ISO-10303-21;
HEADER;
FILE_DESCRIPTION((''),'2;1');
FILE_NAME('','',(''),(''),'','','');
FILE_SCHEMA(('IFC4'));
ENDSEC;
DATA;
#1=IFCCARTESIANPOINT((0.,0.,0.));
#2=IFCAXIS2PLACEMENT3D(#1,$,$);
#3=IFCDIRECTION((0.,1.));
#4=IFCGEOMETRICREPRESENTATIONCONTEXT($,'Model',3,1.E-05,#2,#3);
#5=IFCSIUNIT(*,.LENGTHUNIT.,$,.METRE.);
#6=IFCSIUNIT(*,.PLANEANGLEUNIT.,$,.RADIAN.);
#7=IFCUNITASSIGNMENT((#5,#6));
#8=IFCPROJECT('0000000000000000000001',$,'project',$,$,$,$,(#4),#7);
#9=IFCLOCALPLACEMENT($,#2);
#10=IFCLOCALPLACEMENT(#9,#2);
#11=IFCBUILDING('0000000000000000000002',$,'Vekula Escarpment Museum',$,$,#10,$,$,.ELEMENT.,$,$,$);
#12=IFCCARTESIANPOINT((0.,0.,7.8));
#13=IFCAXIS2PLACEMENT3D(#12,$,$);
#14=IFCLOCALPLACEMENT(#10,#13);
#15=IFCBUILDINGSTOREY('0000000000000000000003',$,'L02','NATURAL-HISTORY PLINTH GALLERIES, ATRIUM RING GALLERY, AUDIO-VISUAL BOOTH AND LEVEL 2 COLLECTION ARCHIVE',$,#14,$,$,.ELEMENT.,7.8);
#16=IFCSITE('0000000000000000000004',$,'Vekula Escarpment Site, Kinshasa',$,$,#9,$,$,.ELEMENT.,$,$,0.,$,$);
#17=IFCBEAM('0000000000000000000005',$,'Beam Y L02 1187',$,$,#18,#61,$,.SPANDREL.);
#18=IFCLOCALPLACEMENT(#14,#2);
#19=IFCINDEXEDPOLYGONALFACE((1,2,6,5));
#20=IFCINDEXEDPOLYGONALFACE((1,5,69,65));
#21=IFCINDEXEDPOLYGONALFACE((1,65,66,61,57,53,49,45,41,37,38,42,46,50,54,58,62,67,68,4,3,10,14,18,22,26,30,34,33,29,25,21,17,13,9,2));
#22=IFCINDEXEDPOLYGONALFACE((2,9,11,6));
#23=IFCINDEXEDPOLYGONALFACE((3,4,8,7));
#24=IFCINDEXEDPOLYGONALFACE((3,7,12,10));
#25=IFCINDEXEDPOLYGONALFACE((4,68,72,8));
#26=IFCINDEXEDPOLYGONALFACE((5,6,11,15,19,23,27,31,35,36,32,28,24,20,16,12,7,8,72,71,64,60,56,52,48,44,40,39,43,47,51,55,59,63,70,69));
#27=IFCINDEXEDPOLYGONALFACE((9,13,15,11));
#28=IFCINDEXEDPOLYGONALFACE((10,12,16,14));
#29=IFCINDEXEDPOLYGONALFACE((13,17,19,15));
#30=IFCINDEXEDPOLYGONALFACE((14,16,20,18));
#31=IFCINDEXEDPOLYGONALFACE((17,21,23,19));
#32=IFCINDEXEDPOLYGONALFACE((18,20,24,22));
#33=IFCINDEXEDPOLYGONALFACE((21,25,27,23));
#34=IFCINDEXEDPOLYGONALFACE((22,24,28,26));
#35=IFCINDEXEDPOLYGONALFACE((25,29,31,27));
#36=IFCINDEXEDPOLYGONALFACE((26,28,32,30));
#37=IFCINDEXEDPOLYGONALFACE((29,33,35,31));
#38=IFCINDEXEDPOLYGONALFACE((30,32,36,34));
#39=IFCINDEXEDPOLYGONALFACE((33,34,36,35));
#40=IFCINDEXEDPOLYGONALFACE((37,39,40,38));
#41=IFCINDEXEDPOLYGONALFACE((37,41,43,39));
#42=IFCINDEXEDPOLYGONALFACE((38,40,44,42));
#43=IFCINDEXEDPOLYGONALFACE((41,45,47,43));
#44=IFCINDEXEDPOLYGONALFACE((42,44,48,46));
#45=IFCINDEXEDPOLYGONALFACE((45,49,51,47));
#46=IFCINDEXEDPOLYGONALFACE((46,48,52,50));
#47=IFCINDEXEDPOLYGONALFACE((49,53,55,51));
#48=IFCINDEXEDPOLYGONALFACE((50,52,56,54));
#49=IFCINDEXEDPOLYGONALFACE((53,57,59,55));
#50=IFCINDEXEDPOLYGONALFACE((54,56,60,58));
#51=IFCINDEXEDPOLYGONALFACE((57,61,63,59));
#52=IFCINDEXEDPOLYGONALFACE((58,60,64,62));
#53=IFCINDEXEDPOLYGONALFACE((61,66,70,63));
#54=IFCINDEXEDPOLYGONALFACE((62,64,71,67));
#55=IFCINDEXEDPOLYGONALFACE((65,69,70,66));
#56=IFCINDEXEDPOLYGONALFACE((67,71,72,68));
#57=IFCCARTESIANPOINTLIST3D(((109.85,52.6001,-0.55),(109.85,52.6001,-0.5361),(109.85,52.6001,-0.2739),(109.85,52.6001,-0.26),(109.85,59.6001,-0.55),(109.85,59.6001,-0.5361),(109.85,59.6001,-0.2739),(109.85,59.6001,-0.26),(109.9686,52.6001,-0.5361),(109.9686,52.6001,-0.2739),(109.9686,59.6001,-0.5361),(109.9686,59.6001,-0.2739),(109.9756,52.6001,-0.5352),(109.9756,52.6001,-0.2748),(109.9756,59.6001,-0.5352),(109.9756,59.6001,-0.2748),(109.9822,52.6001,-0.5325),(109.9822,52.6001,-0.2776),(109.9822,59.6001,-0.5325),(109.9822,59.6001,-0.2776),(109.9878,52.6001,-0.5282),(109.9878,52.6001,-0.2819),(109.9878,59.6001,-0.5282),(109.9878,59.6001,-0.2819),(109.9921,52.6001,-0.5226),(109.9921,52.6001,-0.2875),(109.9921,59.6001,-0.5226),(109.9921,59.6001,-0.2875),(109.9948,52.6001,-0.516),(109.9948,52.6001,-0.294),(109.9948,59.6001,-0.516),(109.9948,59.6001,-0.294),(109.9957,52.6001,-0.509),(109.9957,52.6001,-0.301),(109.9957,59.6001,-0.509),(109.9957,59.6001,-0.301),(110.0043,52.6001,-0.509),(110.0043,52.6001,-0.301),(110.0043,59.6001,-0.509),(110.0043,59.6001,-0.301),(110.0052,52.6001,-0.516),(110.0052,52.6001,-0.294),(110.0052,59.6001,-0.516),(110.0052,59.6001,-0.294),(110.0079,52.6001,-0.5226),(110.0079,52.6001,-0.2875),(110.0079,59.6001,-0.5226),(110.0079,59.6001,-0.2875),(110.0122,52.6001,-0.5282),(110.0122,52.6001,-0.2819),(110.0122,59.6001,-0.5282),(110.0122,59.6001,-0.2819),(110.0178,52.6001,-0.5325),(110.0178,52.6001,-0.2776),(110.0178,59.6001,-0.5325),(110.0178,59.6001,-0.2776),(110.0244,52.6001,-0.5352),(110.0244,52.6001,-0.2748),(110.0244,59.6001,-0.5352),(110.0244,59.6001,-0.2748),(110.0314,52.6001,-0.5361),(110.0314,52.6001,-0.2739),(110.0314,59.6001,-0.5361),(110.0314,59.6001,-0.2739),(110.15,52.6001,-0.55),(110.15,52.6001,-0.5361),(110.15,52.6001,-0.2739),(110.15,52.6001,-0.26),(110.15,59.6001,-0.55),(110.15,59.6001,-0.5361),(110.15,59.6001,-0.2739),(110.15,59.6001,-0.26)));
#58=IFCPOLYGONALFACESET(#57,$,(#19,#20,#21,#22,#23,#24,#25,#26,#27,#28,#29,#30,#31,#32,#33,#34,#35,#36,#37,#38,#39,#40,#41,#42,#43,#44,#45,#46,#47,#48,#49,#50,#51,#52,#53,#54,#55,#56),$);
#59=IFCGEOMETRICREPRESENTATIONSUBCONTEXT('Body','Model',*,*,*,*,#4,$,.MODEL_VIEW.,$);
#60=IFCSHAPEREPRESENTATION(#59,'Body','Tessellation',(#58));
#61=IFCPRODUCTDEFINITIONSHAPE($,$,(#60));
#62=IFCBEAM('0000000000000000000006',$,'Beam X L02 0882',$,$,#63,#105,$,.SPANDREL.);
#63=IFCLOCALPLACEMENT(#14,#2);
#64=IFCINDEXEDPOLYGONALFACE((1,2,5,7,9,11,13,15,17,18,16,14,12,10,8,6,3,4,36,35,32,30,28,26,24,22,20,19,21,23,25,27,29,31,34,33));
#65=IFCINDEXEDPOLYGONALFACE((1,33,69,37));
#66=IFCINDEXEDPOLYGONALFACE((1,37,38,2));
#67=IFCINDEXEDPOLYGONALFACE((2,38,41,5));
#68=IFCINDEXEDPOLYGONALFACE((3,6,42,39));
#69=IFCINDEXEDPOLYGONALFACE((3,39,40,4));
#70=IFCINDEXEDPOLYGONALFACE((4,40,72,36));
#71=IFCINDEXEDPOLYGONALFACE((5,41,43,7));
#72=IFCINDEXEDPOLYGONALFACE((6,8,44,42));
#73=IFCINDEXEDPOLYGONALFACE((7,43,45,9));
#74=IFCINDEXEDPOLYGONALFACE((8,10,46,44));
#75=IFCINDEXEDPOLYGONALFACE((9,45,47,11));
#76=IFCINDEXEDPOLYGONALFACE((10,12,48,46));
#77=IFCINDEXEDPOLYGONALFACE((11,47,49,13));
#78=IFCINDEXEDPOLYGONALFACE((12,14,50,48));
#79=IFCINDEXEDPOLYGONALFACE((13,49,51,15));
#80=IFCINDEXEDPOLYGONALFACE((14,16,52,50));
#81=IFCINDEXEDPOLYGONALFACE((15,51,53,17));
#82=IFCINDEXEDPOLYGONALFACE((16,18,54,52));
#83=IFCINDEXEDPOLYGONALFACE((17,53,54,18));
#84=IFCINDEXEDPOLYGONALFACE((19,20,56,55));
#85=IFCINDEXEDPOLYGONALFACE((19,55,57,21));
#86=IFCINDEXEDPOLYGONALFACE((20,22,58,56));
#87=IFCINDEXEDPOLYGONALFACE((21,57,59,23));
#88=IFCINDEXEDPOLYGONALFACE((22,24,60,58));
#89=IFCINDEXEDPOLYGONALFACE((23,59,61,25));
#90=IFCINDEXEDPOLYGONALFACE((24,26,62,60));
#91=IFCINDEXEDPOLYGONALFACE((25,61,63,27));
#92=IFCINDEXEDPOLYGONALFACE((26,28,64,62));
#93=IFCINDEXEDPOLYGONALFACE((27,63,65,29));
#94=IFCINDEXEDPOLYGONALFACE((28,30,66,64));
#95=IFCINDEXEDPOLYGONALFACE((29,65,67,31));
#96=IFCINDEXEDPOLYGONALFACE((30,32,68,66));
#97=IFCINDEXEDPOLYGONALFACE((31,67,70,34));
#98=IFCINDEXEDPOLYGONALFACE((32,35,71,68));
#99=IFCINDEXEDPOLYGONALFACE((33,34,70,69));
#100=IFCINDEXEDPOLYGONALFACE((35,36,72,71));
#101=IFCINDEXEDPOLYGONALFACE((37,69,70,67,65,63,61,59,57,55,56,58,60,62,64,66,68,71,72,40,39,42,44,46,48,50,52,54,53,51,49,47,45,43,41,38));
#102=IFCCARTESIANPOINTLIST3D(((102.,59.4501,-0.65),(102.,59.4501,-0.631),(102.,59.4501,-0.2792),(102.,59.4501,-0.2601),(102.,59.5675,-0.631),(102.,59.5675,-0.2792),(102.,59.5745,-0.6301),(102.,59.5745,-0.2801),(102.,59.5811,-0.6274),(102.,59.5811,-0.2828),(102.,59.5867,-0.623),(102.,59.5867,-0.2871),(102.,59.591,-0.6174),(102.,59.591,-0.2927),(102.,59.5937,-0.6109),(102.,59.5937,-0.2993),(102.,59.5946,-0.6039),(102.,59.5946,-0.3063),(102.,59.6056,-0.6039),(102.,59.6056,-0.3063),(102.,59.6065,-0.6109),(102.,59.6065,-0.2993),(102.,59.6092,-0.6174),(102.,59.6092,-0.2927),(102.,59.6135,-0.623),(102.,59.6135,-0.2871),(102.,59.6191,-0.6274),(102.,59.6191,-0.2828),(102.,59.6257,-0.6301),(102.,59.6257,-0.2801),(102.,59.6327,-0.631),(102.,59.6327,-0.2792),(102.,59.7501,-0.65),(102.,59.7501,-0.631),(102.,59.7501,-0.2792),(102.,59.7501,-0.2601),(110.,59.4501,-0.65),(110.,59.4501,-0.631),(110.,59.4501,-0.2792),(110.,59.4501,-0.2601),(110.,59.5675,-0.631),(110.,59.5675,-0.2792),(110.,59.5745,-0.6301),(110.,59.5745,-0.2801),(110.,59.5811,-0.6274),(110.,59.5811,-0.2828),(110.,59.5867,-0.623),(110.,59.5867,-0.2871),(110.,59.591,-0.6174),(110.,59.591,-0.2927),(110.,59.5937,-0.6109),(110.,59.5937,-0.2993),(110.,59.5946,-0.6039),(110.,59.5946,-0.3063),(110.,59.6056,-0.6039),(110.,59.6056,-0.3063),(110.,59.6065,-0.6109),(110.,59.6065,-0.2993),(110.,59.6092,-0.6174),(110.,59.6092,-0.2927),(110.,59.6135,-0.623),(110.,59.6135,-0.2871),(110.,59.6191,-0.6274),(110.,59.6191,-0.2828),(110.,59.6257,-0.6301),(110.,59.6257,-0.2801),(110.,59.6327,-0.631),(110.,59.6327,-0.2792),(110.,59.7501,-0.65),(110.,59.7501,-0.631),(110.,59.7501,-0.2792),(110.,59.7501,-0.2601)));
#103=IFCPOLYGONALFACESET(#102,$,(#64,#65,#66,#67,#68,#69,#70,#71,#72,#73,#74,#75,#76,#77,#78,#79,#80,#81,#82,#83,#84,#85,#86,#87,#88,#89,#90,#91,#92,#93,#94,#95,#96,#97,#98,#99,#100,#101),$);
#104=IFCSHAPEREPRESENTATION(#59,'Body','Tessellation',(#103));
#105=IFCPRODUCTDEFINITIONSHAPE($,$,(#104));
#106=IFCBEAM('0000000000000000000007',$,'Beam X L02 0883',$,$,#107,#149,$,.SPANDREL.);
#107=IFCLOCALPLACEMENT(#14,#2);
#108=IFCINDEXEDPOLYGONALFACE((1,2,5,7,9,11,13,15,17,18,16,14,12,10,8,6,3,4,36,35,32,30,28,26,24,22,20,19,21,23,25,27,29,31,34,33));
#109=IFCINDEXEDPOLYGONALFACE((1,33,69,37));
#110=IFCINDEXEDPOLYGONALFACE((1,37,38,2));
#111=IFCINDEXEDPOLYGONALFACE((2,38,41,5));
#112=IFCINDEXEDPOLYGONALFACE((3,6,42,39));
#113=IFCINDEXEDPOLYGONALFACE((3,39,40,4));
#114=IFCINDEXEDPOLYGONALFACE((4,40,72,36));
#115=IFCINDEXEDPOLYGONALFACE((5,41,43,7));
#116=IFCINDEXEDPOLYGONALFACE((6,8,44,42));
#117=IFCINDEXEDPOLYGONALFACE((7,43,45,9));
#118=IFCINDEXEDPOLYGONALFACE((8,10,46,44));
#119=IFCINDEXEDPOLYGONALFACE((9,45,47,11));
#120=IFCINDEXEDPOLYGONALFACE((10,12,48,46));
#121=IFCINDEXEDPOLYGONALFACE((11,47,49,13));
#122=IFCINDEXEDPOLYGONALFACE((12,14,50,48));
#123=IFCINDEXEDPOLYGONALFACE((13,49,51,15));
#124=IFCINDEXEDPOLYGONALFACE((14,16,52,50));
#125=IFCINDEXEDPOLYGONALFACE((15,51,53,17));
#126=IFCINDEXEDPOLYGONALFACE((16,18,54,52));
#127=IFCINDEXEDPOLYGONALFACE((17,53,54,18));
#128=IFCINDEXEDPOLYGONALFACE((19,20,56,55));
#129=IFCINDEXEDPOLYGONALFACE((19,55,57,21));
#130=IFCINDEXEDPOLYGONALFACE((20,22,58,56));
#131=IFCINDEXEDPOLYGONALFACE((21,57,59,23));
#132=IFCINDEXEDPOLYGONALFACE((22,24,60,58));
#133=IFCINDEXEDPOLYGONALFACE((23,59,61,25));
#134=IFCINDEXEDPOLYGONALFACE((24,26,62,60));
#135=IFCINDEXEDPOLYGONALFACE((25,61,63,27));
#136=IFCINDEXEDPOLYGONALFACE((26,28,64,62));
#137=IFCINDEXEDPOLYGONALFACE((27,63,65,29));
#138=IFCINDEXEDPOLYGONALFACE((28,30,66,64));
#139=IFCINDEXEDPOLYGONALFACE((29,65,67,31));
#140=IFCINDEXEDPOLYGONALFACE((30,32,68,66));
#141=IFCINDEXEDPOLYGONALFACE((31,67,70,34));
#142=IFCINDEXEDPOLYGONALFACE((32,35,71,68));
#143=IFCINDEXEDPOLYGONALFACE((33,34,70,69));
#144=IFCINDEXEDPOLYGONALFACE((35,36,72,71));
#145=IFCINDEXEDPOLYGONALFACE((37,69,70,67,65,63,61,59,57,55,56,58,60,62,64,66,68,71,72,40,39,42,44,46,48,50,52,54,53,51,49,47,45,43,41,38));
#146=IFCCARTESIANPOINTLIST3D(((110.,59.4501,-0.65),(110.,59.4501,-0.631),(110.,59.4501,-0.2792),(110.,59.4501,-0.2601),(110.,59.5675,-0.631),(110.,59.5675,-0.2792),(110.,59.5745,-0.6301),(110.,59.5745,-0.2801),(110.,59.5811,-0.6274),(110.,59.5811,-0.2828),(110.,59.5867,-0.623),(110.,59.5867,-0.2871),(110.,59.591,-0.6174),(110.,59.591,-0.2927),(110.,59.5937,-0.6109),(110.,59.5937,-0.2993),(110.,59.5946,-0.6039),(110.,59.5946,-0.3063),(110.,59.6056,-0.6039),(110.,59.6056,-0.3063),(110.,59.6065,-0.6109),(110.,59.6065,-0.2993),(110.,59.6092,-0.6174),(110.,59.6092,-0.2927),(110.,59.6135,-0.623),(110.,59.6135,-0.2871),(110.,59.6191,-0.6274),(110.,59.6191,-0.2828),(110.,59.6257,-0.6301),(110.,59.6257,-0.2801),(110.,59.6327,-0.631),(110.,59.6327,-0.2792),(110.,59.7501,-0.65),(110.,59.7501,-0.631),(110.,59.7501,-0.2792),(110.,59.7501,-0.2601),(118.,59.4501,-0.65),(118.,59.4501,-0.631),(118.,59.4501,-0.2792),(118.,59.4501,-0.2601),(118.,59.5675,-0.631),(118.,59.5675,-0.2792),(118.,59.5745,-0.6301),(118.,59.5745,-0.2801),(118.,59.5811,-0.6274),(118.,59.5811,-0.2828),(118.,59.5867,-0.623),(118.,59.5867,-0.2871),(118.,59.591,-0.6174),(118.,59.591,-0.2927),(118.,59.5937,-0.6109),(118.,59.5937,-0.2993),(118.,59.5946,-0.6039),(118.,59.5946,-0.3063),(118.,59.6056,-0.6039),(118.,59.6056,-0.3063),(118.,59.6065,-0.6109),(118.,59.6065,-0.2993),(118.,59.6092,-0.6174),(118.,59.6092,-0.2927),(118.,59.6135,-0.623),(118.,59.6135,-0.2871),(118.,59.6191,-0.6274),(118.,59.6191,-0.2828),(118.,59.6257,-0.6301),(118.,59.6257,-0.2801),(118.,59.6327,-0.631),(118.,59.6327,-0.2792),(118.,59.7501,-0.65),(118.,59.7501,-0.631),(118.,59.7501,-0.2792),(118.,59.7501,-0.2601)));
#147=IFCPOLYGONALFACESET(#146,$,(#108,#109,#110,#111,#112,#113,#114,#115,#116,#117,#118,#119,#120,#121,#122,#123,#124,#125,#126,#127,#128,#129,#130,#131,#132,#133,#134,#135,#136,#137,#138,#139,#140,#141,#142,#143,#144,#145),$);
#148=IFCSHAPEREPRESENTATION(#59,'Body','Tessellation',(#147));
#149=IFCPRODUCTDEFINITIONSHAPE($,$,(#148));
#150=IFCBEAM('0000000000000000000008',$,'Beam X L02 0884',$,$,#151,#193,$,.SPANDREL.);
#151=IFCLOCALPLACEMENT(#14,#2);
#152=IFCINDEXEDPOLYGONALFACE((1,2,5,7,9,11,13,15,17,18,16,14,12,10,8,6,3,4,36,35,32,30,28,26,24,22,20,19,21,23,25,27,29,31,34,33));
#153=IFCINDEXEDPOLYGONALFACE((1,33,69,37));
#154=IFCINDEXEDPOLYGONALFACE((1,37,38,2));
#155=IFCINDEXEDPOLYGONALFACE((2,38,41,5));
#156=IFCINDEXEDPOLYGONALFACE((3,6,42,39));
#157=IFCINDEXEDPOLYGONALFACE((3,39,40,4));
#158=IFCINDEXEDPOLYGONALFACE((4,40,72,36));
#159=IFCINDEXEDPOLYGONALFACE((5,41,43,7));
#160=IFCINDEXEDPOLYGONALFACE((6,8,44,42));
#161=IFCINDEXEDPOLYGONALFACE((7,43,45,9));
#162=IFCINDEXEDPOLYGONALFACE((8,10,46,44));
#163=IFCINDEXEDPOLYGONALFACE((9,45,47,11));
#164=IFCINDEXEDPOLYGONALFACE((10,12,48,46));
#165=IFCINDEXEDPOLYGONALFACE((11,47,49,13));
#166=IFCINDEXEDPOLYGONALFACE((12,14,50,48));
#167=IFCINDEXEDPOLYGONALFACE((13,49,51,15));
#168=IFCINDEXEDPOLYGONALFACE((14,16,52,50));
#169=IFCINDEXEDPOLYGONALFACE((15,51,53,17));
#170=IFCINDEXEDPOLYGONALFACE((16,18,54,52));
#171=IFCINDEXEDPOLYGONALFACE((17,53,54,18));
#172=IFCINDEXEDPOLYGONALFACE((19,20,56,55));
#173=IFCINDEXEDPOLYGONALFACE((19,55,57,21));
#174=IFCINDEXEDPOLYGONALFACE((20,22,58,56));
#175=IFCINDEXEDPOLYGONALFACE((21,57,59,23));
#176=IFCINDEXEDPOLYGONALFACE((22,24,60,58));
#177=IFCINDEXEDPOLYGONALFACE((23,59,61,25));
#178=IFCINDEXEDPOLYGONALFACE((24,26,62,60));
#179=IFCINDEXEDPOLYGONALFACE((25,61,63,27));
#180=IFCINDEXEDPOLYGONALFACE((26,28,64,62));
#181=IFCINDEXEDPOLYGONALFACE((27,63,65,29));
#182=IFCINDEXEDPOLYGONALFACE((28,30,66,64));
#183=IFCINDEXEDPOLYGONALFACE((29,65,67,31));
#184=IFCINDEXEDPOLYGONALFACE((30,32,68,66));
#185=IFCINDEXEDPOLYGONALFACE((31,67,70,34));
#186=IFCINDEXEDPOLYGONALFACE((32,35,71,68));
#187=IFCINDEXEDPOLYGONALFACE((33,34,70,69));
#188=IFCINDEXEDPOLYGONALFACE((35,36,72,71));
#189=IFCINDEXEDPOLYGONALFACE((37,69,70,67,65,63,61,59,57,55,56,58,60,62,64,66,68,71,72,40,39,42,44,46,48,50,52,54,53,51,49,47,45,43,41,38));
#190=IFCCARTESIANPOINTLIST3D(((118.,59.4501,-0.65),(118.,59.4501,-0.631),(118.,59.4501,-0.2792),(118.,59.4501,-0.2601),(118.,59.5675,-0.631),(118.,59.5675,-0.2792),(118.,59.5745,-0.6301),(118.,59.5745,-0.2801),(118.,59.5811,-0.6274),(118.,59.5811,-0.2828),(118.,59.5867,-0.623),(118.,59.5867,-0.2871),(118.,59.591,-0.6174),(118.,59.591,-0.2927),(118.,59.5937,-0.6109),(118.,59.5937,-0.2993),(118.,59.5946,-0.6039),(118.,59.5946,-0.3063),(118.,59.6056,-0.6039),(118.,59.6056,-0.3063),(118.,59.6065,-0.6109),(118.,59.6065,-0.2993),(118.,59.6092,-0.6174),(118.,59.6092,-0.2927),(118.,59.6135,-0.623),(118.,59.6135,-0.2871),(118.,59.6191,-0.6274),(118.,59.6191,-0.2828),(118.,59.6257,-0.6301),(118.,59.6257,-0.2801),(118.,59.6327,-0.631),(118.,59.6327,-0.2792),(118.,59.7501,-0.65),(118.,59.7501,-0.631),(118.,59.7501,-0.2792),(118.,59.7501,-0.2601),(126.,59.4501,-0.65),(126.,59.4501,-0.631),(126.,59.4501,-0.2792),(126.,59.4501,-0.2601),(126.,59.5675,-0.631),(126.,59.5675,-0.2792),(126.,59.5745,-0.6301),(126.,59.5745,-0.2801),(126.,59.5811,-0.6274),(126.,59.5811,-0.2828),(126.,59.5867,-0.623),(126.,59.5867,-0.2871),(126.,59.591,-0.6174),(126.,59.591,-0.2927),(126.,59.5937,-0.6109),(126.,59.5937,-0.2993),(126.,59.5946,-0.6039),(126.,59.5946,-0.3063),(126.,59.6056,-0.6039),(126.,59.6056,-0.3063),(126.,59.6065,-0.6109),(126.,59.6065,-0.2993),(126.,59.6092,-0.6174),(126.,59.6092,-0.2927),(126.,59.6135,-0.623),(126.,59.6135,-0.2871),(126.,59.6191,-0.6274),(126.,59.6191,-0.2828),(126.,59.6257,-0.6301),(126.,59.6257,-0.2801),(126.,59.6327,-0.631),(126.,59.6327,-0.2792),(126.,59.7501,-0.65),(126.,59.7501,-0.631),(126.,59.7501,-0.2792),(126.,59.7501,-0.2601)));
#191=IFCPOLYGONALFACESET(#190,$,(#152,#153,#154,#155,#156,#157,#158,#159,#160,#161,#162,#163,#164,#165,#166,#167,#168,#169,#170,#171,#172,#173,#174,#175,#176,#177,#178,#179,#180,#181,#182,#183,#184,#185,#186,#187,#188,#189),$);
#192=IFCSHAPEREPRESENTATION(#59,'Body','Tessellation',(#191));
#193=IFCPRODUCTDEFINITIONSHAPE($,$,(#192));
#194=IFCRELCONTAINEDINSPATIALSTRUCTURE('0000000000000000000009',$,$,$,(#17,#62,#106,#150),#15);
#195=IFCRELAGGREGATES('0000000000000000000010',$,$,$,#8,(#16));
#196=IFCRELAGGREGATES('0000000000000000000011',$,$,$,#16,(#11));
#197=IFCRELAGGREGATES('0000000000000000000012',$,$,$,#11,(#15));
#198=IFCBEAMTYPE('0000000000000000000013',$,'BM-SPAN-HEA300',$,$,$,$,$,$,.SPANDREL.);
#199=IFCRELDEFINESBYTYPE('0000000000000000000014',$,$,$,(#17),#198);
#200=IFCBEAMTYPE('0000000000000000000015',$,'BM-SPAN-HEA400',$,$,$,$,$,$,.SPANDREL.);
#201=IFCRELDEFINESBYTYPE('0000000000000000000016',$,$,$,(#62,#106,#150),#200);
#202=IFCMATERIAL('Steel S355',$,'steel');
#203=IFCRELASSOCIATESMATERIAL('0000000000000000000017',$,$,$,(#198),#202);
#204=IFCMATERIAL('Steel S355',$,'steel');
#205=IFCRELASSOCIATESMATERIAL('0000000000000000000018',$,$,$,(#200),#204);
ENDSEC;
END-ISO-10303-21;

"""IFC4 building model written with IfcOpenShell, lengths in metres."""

from ifc_helpers import new_model, si_unit, direction, frame, origin, origin_2d, place, context, subcontext, project, spatial, i_section, extrude, material, material_profile, profile_set, type_object, element, save


model = new_model("IFC4")

# Units and contexts
model_context = context("Model", 3, precision=1e-05, world=origin(), true_north=direction((0.0, 1.0)))
body_context = subcontext(model_context, "Body", "Model", "MODEL_VIEW")
ifc_project = project(units=[si_unit("LENGTHUNIT", "METRE"), si_unit("PLANEANGLEUNIT", "RADIAN")], contexts=[model_context])

# Site, building, storey
site_placement = place(None, origin())
site = spatial("IfcSite", under=ifc_project, at=site_placement, Name="Vekula Escarpment Site, Kinshasa", CompositionType="ELEMENT", RefElevation=0.0)
building_placement = place(site_placement, origin())
building = spatial("IfcBuilding", under=site, at=building_placement, Name="Vekula Escarpment Museum", CompositionType="ELEMENT")
storey_placement = place(building_placement, frame((0.0, 0.0, 7.8)))
storey = spatial("IfcBuildingStorey", under=building, at=storey_placement, Name="L02", Description="NATURAL-HISTORY PLINTH GALLERIES, ATRIUM RING GALLERY, AUDIO-VISUAL BOOTH AND LEVEL 2 COLLECTION ARCHIVE", CompositionType="ELEMENT", Elevation=7.8)

# Beams
ifc_material_1 = material(Name="Steel S355", Category="steel")
ifc_material_profile_1 = material_profile(ifc_material_1, i_section(OverallWidth=0.3, OverallDepth=0.29, WebThickness=0.0085, FlangeThickness=0.0139, FilletRadius=0.0271, at=origin_2d()), Name="HEA 300")
ifc_profile_set_1 = profile_set([ifc_material_profile_1], Name="Steel S355")
beam_type_1 = type_object("IfcBeamType", Name="BM-SPAN-HEA300", PredefinedType="SPANDREL", material=ifc_profile_set_1)
beam_1_placement = place(storey_placement, frame((110.0, 52.6001, -0.405), z_axis=(0.0, 1.0, 0.0), x_axis=(-1.0, 0.0, 0.0)))
element("IfcBeam", 1, at=beam_1_placement, inside=storey, type_object=beam_type_1, Name="Beam Y L02 1187", PredefinedType="SPANDREL", context=body_context, shape_type="SweptSolid", body=[
    extrude(i_section(OverallWidth=0.3, OverallDepth=0.29, WebThickness=0.0085, FlangeThickness=0.0139, FilletRadius=0.0271, at=origin_2d()), origin(), (0.0, 0.0, 1.0), 7.0),
])
ifc_material_2 = material(Name="Steel S355", Category="steel")
ifc_material_profile_2 = material_profile(ifc_material_2, i_section(OverallWidth=0.3, OverallDepth=0.3899, WebThickness=0.011, FlangeThickness=0.019, FilletRadius=0.0271, at=origin_2d()), Name="HEA 400")
ifc_profile_set_2 = profile_set([ifc_material_profile_2], Name="Steel S355")
beam_type_2 = type_object("IfcBeamType", Name="BM-SPAN-HEA400", PredefinedType="SPANDREL", material=ifc_profile_set_2)
for number, where, z_axis, x_axis, name in (
    (2, (102.0, 59.6001, -0.4551), (1.0, 0.0, 0.0), (0.0, 1.0, 0.0), "Beam X L02 0882"),
    (3, (110.0, 59.6001, -0.4551), (1.0, 0.0, 0.0), (0.0, 1.0, 0.0), "Beam X L02 0883"),
    (4, (118.0, 59.6001, -0.4551), (1.0, 0.0, 0.0), (0.0, 1.0, 0.0), "Beam X L02 0884"),
):
    element("IfcBeam", number, at=place(storey_placement, frame(where, z_axis=z_axis, x_axis=x_axis)), inside=storey, type_object=beam_type_2, Name=name, PredefinedType="SPANDREL", context=body_context, shape_type="SweptSolid", body=[
        extrude(i_section(OverallWidth=0.3, OverallDepth=0.3899, WebThickness=0.011, FlangeThickness=0.019, FilletRadius=0.0271, at=origin_2d()), origin(), (0.0, 0.0, 1.0), 8.0),
    ])

save(model, "model.ifc")
